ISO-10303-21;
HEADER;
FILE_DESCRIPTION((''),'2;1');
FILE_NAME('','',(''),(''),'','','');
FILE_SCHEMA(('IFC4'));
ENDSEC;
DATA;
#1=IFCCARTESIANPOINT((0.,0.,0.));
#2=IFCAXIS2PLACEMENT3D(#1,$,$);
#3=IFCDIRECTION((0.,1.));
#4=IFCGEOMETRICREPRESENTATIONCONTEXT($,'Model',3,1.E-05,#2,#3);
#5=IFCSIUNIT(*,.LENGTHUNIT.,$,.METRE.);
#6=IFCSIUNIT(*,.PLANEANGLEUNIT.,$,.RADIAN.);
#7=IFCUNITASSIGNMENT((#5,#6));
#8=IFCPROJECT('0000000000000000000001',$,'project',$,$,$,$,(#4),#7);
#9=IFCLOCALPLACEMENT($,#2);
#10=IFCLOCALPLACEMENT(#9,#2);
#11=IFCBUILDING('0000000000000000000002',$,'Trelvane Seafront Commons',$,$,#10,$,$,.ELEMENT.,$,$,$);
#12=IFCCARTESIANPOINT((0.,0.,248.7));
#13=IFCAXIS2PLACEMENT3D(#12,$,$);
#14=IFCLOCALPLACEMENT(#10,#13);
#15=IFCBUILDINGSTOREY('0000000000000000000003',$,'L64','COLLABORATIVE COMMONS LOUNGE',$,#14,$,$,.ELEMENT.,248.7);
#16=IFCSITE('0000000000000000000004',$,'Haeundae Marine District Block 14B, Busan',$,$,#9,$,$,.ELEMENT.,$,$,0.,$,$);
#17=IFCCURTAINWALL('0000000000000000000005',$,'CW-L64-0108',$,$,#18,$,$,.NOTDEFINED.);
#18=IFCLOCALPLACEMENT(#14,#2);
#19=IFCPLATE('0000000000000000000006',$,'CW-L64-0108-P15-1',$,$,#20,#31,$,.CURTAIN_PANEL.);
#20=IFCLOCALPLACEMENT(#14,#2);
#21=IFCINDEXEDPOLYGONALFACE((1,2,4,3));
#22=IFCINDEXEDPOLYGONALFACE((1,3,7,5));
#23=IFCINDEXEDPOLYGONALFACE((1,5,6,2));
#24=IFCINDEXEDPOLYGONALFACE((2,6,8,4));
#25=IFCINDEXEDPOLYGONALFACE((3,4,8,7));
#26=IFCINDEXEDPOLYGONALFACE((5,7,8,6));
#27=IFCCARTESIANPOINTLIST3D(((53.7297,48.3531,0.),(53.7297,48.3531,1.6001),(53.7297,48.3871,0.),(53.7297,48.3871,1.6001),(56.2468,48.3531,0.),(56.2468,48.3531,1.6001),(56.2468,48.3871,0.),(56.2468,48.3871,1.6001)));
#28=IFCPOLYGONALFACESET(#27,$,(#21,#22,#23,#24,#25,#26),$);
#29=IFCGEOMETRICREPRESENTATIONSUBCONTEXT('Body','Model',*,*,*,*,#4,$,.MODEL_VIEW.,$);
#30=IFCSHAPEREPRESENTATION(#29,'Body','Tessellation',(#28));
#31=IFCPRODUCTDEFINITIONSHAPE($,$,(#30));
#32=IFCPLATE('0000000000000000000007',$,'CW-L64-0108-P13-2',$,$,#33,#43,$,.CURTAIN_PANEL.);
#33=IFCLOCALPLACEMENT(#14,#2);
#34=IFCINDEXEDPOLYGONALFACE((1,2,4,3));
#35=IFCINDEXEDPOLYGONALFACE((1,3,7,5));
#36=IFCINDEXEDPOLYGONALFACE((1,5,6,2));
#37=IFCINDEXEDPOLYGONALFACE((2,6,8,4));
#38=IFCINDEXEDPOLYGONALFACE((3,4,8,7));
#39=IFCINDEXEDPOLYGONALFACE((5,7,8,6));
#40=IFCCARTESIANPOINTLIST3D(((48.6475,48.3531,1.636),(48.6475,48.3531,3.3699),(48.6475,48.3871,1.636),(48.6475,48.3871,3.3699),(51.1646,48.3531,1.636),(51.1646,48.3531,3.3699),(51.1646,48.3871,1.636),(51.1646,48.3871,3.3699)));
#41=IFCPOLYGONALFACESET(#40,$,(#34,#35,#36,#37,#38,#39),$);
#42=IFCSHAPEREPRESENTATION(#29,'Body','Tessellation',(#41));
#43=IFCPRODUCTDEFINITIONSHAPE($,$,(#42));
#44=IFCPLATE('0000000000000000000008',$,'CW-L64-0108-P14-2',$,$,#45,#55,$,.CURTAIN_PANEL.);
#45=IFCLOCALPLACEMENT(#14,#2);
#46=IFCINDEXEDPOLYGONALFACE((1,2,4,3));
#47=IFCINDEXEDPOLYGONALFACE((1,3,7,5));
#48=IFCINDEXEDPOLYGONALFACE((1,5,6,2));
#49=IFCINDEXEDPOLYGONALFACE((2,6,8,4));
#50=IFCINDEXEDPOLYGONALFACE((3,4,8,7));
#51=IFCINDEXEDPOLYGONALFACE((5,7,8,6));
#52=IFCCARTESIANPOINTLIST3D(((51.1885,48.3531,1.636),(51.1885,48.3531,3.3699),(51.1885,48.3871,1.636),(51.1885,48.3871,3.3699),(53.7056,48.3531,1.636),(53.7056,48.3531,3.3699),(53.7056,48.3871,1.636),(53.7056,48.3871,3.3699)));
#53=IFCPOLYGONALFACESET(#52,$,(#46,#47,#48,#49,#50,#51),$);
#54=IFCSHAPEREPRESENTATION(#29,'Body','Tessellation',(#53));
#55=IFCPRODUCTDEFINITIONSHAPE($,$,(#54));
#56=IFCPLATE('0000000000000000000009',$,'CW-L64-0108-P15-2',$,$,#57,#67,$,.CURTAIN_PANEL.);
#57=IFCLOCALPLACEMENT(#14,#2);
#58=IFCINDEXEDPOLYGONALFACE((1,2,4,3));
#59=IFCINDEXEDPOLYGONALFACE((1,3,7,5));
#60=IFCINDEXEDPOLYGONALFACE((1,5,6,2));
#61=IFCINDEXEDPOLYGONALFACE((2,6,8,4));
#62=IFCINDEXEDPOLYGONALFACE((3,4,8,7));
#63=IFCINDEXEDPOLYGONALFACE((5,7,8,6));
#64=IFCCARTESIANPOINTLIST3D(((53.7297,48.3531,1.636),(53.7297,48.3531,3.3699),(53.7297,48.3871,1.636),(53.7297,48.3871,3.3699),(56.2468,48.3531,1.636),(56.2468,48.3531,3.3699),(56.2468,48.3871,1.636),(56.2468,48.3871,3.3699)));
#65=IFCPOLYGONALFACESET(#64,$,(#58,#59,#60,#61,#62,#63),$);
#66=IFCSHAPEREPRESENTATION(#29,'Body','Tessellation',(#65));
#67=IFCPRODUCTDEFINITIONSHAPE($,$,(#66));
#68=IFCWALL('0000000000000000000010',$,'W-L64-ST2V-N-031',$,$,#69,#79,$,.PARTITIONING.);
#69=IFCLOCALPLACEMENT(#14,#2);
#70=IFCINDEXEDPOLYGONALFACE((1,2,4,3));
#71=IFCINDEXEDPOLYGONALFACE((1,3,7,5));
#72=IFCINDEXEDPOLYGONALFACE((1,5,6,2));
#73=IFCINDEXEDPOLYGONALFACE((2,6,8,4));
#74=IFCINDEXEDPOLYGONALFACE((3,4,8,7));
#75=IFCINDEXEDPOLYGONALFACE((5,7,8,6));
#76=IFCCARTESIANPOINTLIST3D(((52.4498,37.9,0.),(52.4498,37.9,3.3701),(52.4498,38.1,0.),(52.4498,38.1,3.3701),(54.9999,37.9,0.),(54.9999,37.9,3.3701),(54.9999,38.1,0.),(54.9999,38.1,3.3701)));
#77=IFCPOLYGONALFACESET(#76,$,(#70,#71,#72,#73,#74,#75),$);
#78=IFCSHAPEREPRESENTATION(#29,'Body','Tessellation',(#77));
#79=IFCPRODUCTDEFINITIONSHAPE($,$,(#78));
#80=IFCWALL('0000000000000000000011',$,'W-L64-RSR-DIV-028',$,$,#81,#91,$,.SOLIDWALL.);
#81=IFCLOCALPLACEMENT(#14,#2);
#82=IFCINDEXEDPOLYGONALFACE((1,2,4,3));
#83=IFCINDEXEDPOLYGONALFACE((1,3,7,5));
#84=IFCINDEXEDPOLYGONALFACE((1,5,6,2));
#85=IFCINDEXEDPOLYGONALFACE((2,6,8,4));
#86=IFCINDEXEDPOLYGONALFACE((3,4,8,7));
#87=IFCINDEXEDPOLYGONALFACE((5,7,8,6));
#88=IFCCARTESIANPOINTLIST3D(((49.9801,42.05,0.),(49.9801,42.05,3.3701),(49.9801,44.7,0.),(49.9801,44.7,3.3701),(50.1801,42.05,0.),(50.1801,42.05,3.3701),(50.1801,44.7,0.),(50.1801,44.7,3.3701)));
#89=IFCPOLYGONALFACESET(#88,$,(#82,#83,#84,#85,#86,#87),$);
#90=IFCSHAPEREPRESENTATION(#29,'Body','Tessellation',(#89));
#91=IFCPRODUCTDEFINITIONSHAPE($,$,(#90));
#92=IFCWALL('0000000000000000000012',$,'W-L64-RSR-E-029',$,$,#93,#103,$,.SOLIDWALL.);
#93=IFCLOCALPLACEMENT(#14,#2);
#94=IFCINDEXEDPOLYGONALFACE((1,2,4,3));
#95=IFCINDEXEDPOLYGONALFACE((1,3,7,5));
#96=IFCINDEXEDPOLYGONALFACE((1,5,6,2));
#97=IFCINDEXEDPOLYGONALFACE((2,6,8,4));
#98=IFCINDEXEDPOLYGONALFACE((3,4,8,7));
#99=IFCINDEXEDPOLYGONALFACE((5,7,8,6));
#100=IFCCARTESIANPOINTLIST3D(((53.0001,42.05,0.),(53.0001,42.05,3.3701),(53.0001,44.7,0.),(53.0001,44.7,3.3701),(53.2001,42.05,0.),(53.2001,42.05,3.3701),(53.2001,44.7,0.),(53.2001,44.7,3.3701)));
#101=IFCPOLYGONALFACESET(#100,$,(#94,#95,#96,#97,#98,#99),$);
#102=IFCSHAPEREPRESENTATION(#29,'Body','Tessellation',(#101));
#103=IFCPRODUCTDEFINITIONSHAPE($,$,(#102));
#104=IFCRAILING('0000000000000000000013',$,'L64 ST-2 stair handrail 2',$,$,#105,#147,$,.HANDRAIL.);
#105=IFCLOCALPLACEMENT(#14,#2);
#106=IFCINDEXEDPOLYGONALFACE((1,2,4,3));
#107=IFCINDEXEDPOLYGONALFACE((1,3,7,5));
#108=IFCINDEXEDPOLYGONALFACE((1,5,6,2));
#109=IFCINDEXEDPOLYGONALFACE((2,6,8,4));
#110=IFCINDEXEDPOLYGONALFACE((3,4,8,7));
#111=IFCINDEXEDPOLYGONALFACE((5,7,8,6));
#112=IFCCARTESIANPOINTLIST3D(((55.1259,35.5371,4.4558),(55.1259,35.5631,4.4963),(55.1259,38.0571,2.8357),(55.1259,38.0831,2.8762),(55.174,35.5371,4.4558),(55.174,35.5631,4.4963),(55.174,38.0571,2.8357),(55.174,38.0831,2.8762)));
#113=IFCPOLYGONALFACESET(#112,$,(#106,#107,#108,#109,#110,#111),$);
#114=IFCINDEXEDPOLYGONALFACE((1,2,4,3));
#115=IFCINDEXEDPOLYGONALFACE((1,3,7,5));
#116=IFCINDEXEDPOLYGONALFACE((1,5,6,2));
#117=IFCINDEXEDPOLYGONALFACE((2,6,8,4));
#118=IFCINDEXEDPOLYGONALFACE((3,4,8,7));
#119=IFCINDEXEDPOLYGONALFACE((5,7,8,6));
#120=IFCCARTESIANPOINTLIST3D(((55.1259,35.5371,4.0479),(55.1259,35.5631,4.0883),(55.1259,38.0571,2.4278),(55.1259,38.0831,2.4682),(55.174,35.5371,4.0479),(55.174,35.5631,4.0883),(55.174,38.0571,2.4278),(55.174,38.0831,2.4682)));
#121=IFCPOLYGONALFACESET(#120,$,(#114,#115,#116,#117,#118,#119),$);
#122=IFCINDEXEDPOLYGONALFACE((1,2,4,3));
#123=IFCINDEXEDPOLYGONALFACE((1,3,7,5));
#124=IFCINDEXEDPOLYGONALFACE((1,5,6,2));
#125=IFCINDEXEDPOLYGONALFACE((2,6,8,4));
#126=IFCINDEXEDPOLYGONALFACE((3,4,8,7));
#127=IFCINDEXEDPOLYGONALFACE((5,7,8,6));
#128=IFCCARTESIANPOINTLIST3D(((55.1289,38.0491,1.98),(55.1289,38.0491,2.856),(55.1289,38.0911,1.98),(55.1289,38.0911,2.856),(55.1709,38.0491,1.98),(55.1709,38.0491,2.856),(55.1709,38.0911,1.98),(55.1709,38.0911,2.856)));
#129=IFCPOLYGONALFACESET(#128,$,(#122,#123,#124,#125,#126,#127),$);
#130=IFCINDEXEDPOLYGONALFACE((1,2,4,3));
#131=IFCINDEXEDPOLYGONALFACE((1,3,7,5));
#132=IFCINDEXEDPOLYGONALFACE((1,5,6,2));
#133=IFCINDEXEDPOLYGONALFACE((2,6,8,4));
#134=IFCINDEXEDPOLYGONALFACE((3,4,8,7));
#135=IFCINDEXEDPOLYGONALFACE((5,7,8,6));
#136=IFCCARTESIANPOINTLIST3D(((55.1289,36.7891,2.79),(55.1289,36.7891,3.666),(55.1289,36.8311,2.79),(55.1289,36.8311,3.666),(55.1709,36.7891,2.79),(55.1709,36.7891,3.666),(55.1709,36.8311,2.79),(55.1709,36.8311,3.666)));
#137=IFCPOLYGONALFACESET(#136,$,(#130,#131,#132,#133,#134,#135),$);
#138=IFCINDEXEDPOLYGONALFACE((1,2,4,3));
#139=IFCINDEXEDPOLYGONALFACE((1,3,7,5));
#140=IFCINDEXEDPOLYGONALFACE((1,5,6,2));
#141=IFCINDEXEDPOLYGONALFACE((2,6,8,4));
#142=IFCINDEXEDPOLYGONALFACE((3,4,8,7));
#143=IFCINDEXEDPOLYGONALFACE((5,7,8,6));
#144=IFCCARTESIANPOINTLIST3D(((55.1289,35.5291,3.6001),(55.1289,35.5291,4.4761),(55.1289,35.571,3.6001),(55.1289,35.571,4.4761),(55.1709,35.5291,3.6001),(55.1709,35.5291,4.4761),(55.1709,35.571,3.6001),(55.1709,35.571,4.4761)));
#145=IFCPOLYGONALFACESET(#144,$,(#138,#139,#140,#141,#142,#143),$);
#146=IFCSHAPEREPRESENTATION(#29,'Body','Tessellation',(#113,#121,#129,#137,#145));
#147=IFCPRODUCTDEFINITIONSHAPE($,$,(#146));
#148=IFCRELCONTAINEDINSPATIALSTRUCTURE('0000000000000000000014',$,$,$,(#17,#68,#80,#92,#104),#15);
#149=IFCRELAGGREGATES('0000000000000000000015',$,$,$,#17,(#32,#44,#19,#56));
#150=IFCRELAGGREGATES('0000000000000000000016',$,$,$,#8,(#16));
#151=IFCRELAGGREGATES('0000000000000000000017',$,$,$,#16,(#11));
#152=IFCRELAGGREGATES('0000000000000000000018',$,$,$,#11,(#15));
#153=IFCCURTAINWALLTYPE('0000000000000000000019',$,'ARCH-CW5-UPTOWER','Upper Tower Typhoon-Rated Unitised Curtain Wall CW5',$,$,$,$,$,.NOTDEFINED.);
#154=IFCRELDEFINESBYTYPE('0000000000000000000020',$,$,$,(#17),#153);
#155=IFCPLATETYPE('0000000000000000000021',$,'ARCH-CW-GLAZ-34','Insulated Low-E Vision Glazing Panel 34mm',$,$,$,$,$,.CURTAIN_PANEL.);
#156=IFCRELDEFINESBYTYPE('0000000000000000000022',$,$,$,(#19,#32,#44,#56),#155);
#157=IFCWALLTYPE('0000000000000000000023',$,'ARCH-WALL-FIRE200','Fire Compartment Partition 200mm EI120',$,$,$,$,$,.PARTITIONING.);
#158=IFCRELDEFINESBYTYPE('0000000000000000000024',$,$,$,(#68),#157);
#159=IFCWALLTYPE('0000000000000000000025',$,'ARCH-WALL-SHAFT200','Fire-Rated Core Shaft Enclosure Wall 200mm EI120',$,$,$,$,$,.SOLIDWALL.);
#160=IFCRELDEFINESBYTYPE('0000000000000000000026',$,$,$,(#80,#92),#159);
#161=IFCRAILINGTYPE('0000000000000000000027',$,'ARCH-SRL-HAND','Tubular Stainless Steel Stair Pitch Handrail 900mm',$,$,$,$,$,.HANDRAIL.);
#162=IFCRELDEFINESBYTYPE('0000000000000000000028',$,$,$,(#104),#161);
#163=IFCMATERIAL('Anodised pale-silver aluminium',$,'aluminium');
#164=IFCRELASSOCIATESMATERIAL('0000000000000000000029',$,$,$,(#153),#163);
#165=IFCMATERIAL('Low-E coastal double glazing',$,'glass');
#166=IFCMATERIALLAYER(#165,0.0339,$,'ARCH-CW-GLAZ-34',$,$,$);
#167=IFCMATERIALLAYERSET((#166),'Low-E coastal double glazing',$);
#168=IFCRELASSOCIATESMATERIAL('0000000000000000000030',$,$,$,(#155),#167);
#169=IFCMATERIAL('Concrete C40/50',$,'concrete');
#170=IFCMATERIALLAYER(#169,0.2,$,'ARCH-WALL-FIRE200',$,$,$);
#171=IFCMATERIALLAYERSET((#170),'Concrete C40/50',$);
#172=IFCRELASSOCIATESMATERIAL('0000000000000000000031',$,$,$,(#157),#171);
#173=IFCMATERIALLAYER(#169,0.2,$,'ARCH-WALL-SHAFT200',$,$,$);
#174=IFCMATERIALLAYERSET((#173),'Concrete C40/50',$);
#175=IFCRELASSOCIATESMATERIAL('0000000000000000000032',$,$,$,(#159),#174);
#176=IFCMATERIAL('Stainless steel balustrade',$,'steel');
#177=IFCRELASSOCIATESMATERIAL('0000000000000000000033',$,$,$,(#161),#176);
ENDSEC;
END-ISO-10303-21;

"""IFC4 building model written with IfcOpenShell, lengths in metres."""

from ifc_helpers import new_model, si_unit, direction, frame, frame_2d, origin, origin_2d, place, context, subcontext, project, spatial, rectangle, extrude, source, transform, mapped, material, layer, layer_set, type_object, element, aggregate, save


model = new_model("IFC4")

# Units and contexts
model_context = context("Model", 3, precision=1e-05, world=origin(), true_north=direction((0.0, 1.0)))
body_context = subcontext(model_context, "Body", "Model", "MODEL_VIEW")
ifc_project = project(units=[si_unit("LENGTHUNIT", "METRE"), si_unit("PLANEANGLEUNIT", "RADIAN")], contexts=[model_context])

# Site, building, storey
site_placement = place(None, origin())
site = spatial("IfcSite", under=ifc_project, at=site_placement, Name="Haeundae Marine District Block 14B, Busan", CompositionType="ELEMENT", RefElevation=0.0)
building_placement = place(site_placement, origin())
building = spatial("IfcBuilding", under=site, at=building_placement, Name="Trelvane Seafront Commons", CompositionType="ELEMENT")
storey_placement = place(building_placement, frame((0.0, 0.0, 248.7)))
storey = spatial("IfcBuildingStorey", under=building, at=storey_placement, Name="L64", Description="COLLABORATIVE COMMONS LOUNGE", CompositionType="ELEMENT", Elevation=248.7)

# Curtain wall
ifc_material_1 = material(Name="Anodised pale-silver aluminium", Category="aluminium")
curtain_wall_type = type_object("IfcCurtainWallType", Name="ARCH-CW5-UPTOWER", Description="Upper Tower Typhoon-Rated Unitised Curtain Wall CW5", PredefinedType="NOTDEFINED", material=ifc_material_1)
curtain_wall_placement = place(storey_placement, origin())
curtain_wall = element("IfcCurtainWall", 1, at=curtain_wall_placement, inside=storey, type_object=curtain_wall_type, Name="CW-L64-0108", PredefinedType="NOTDEFINED")

# Plates
ifc_material_2 = material(Name="Low-E coastal double glazing", Category="glass")
ifc_layer_1 = layer(ifc_material_2, 0.0339, Name="ARCH-CW-GLAZ-34")
ifc_layer_set_1 = layer_set([ifc_layer_1], Name="Low-E coastal double glazing")
plate_type_1 = type_object("IfcPlateType", Name="ARCH-CW-GLAZ-34", Description="Insulated Low-E Vision Glazing Panel 34mm", PredefinedType="CURTAIN_PANEL", material=ifc_layer_set_1)
shared_shape_1 = source(origin(), body_context, "Body", "SweptSolid", [
    extrude(rectangle(XDim=2.5171, YDim=0.0339, at=origin_2d()), origin(), (0.0, 0.0, 1.0), 1.6001),
])
plate_1_placement = place(storey_placement, frame((54.9883, 48.3701, 0.0), z_axis=(0.0, 0.0, 1.0), x_axis=(1.0, 0.0, 0.0)))
plate_1 = element("IfcPlate", 2, at=plate_1_placement, type_object=plate_type_1, Name="CW-L64-0108-P15-1", PredefinedType="CURTAIN_PANEL", context=body_context, shape_type="MappedRepresentation", body=[
    mapped(shared_shape_1, transform((0.0, 0.0, 0.0), x_axis=(1.0, 0.0, 0.0), y_axis=(0.0, 1.0, 0.0), z_axis=(0.0, 0.0, 1.0), scale=1.0)),
])
shared_shape_2 = source(origin(), body_context, "Body", "SweptSolid", [
    extrude(rectangle(XDim=2.5171, YDim=0.0339, at=origin_2d()), origin(), (0.0, 0.0, 1.0), 1.7339),
])
plate_2_placement = place(storey_placement, frame((49.906, 48.3701, 1.636), z_axis=(0.0, 0.0, 1.0), x_axis=(1.0, 0.0, 0.0)))
plate_2 = element("IfcPlate", 3, at=plate_2_placement, type_object=plate_type_1, Name="CW-L64-0108-P13-2", PredefinedType="CURTAIN_PANEL", context=body_context, shape_type="MappedRepresentation", body=[
    mapped(shared_shape_2, transform((0.0, 0.0, 0.0), x_axis=(1.0, 0.0, 0.0), y_axis=(0.0, 1.0, 0.0), z_axis=(0.0, 0.0, 1.0), scale=1.0)),
])
plate_3_placement = place(storey_placement, frame((52.447, 48.3701, 1.636), z_axis=(0.0, 0.0, 1.0), x_axis=(1.0, 0.0, 0.0)))
plate_3 = element("IfcPlate", 4, at=plate_3_placement, type_object=plate_type_1, Name="CW-L64-0108-P14-2", PredefinedType="CURTAIN_PANEL", context=body_context, shape_type="MappedRepresentation", body=[
    mapped(shared_shape_2, transform((0.0, 0.0, 0.0), x_axis=(1.0, 0.0, 0.0), y_axis=(0.0, 1.0, 0.0), z_axis=(0.0, 0.0, 1.0), scale=1.0)),
])
plate_4_placement = place(storey_placement, frame((54.9883, 48.3701, 1.636), z_axis=(0.0, 0.0, 1.0), x_axis=(1.0, 0.0, 0.0)))
plate_4 = element("IfcPlate", 5, at=plate_4_placement, type_object=plate_type_1, Name="CW-L64-0108-P15-2", PredefinedType="CURTAIN_PANEL", context=body_context, shape_type="MappedRepresentation", body=[
    mapped(shared_shape_2, transform((0.0, 0.0, 0.0), x_axis=(1.0, 0.0, 0.0), y_axis=(0.0, 1.0, 0.0), z_axis=(0.0, 0.0, 1.0), scale=1.0)),
])
aggregate(curtain_wall, [plate_2, plate_3, plate_1, plate_4])

# Walls
ifc_material_3 = material(Name="Concrete C40/50", Category="concrete")
ifc_layer_2 = layer(ifc_material_3, 0.2, Name="ARCH-WALL-FIRE200")
ifc_layer_set_2 = layer_set([ifc_layer_2], Name="Concrete C40/50")
wall_type_1 = type_object("IfcWallType", Name="ARCH-WALL-FIRE200", Description="Fire Compartment Partition 200mm EI120", PredefinedType="PARTITIONING", material=ifc_layer_set_2)
wall_placement = place(storey_placement, frame((52.45, 38.0, 0.0), z_axis=(0.0, 0.0, 1.0), x_axis=(1.0, 0.0, 0.0)))
element("IfcWall", 6, at=wall_placement, inside=storey, type_object=wall_type_1, Name="W-L64-ST2V-N-031", PredefinedType="PARTITIONING", context=body_context, shape_type="SweptSolid", body=[
    extrude(rectangle(XDim=2.55, YDim=0.2, at=frame_2d((1.2749, 0.0))), origin(), (0.0, 0.0, 1.0), 3.3701),
])
ifc_layer_3 = layer(ifc_material_3, 0.2, Name="ARCH-WALL-SHAFT200")
ifc_layer_set_3 = layer_set([ifc_layer_3], Name="Concrete C40/50")
wall_type_2 = type_object("IfcWallType", Name="ARCH-WALL-SHAFT200", Description="Fire-Rated Core Shaft Enclosure Wall 200mm EI120", PredefinedType="SOLIDWALL", material=ifc_layer_set_3)
for number, where, z_axis, x_axis, name in (
    (7, (50.0801, 42.05, 0.0), (0.0, 0.0, 1.0), (0.0, 1.0, 0.0), "W-L64-RSR-DIV-028"),
    (8, (53.1001, 42.05, 0.0), (0.0, 0.0, 1.0), (0.0, 1.0, 0.0), "W-L64-RSR-E-029"),
):
    element("IfcWall", number, at=place(storey_placement, frame(where, z_axis=z_axis, x_axis=x_axis)), inside=storey, type_object=wall_type_2, Name=name, PredefinedType="SOLIDWALL", context=body_context, shape_type="SweptSolid", body=[
        extrude(rectangle(XDim=2.6499, YDim=0.2, at=frame_2d((1.325, 0.0))), origin(), (0.0, 0.0, 1.0), 3.3701),
    ])

# Railing
ifc_material_4 = material(Name="Stainless steel balustrade", Category="steel")
railing_type = type_object("IfcRailingType", Name="ARCH-SRL-HAND", Description="Tubular Stainless Steel Stair Pitch Handrail 900mm", PredefinedType="HANDRAIL", material=ifc_material_4)
railing_placement = place(storey_placement, frame((55.1499, 38.0701, 1.98)))
element("IfcRailing", 9, at=railing_placement, inside=storey, type_object=railing_type, Name="L64 ST-2 stair handrail 2", PredefinedType="HANDRAIL", context=body_context, shape_type="SweptSolid", body=[
    extrude(rectangle(XDim=0.0481, YDim=0.0481, at=origin_2d()), frame((0.0, 0.0, 0.876), z_axis=(0.0, -0.841163, 0.540782), x_axis=(1.0, 0.0, 0.0)), (0.0, 0.0, 1.0), 2.9958),
    extrude(rectangle(XDim=0.0481, YDim=0.0481, at=origin_2d()), frame((0.0, 0.0, 0.468), z_axis=(0.0, -0.841163, 0.540782), x_axis=(1.0, 0.0, 0.0)), (0.0, 0.0, 1.0), 2.9958),
    extrude(rectangle(XDim=0.042, YDim=0.042, at=origin_2d()), origin(), (0.0, 0.0, 1.0), 0.876),
    extrude(rectangle(XDim=0.042, YDim=0.042, at=origin_2d()), frame((0.0, -1.26, 0.8101)), (0.0, 0.0, 1.0), 0.876),
    extrude(rectangle(XDim=0.042, YDim=0.042, at=origin_2d()), frame((0.0, -2.52, 1.6201)), (0.0, 0.0, 1.0), 0.876),
])

save(model, "model.ifc")
